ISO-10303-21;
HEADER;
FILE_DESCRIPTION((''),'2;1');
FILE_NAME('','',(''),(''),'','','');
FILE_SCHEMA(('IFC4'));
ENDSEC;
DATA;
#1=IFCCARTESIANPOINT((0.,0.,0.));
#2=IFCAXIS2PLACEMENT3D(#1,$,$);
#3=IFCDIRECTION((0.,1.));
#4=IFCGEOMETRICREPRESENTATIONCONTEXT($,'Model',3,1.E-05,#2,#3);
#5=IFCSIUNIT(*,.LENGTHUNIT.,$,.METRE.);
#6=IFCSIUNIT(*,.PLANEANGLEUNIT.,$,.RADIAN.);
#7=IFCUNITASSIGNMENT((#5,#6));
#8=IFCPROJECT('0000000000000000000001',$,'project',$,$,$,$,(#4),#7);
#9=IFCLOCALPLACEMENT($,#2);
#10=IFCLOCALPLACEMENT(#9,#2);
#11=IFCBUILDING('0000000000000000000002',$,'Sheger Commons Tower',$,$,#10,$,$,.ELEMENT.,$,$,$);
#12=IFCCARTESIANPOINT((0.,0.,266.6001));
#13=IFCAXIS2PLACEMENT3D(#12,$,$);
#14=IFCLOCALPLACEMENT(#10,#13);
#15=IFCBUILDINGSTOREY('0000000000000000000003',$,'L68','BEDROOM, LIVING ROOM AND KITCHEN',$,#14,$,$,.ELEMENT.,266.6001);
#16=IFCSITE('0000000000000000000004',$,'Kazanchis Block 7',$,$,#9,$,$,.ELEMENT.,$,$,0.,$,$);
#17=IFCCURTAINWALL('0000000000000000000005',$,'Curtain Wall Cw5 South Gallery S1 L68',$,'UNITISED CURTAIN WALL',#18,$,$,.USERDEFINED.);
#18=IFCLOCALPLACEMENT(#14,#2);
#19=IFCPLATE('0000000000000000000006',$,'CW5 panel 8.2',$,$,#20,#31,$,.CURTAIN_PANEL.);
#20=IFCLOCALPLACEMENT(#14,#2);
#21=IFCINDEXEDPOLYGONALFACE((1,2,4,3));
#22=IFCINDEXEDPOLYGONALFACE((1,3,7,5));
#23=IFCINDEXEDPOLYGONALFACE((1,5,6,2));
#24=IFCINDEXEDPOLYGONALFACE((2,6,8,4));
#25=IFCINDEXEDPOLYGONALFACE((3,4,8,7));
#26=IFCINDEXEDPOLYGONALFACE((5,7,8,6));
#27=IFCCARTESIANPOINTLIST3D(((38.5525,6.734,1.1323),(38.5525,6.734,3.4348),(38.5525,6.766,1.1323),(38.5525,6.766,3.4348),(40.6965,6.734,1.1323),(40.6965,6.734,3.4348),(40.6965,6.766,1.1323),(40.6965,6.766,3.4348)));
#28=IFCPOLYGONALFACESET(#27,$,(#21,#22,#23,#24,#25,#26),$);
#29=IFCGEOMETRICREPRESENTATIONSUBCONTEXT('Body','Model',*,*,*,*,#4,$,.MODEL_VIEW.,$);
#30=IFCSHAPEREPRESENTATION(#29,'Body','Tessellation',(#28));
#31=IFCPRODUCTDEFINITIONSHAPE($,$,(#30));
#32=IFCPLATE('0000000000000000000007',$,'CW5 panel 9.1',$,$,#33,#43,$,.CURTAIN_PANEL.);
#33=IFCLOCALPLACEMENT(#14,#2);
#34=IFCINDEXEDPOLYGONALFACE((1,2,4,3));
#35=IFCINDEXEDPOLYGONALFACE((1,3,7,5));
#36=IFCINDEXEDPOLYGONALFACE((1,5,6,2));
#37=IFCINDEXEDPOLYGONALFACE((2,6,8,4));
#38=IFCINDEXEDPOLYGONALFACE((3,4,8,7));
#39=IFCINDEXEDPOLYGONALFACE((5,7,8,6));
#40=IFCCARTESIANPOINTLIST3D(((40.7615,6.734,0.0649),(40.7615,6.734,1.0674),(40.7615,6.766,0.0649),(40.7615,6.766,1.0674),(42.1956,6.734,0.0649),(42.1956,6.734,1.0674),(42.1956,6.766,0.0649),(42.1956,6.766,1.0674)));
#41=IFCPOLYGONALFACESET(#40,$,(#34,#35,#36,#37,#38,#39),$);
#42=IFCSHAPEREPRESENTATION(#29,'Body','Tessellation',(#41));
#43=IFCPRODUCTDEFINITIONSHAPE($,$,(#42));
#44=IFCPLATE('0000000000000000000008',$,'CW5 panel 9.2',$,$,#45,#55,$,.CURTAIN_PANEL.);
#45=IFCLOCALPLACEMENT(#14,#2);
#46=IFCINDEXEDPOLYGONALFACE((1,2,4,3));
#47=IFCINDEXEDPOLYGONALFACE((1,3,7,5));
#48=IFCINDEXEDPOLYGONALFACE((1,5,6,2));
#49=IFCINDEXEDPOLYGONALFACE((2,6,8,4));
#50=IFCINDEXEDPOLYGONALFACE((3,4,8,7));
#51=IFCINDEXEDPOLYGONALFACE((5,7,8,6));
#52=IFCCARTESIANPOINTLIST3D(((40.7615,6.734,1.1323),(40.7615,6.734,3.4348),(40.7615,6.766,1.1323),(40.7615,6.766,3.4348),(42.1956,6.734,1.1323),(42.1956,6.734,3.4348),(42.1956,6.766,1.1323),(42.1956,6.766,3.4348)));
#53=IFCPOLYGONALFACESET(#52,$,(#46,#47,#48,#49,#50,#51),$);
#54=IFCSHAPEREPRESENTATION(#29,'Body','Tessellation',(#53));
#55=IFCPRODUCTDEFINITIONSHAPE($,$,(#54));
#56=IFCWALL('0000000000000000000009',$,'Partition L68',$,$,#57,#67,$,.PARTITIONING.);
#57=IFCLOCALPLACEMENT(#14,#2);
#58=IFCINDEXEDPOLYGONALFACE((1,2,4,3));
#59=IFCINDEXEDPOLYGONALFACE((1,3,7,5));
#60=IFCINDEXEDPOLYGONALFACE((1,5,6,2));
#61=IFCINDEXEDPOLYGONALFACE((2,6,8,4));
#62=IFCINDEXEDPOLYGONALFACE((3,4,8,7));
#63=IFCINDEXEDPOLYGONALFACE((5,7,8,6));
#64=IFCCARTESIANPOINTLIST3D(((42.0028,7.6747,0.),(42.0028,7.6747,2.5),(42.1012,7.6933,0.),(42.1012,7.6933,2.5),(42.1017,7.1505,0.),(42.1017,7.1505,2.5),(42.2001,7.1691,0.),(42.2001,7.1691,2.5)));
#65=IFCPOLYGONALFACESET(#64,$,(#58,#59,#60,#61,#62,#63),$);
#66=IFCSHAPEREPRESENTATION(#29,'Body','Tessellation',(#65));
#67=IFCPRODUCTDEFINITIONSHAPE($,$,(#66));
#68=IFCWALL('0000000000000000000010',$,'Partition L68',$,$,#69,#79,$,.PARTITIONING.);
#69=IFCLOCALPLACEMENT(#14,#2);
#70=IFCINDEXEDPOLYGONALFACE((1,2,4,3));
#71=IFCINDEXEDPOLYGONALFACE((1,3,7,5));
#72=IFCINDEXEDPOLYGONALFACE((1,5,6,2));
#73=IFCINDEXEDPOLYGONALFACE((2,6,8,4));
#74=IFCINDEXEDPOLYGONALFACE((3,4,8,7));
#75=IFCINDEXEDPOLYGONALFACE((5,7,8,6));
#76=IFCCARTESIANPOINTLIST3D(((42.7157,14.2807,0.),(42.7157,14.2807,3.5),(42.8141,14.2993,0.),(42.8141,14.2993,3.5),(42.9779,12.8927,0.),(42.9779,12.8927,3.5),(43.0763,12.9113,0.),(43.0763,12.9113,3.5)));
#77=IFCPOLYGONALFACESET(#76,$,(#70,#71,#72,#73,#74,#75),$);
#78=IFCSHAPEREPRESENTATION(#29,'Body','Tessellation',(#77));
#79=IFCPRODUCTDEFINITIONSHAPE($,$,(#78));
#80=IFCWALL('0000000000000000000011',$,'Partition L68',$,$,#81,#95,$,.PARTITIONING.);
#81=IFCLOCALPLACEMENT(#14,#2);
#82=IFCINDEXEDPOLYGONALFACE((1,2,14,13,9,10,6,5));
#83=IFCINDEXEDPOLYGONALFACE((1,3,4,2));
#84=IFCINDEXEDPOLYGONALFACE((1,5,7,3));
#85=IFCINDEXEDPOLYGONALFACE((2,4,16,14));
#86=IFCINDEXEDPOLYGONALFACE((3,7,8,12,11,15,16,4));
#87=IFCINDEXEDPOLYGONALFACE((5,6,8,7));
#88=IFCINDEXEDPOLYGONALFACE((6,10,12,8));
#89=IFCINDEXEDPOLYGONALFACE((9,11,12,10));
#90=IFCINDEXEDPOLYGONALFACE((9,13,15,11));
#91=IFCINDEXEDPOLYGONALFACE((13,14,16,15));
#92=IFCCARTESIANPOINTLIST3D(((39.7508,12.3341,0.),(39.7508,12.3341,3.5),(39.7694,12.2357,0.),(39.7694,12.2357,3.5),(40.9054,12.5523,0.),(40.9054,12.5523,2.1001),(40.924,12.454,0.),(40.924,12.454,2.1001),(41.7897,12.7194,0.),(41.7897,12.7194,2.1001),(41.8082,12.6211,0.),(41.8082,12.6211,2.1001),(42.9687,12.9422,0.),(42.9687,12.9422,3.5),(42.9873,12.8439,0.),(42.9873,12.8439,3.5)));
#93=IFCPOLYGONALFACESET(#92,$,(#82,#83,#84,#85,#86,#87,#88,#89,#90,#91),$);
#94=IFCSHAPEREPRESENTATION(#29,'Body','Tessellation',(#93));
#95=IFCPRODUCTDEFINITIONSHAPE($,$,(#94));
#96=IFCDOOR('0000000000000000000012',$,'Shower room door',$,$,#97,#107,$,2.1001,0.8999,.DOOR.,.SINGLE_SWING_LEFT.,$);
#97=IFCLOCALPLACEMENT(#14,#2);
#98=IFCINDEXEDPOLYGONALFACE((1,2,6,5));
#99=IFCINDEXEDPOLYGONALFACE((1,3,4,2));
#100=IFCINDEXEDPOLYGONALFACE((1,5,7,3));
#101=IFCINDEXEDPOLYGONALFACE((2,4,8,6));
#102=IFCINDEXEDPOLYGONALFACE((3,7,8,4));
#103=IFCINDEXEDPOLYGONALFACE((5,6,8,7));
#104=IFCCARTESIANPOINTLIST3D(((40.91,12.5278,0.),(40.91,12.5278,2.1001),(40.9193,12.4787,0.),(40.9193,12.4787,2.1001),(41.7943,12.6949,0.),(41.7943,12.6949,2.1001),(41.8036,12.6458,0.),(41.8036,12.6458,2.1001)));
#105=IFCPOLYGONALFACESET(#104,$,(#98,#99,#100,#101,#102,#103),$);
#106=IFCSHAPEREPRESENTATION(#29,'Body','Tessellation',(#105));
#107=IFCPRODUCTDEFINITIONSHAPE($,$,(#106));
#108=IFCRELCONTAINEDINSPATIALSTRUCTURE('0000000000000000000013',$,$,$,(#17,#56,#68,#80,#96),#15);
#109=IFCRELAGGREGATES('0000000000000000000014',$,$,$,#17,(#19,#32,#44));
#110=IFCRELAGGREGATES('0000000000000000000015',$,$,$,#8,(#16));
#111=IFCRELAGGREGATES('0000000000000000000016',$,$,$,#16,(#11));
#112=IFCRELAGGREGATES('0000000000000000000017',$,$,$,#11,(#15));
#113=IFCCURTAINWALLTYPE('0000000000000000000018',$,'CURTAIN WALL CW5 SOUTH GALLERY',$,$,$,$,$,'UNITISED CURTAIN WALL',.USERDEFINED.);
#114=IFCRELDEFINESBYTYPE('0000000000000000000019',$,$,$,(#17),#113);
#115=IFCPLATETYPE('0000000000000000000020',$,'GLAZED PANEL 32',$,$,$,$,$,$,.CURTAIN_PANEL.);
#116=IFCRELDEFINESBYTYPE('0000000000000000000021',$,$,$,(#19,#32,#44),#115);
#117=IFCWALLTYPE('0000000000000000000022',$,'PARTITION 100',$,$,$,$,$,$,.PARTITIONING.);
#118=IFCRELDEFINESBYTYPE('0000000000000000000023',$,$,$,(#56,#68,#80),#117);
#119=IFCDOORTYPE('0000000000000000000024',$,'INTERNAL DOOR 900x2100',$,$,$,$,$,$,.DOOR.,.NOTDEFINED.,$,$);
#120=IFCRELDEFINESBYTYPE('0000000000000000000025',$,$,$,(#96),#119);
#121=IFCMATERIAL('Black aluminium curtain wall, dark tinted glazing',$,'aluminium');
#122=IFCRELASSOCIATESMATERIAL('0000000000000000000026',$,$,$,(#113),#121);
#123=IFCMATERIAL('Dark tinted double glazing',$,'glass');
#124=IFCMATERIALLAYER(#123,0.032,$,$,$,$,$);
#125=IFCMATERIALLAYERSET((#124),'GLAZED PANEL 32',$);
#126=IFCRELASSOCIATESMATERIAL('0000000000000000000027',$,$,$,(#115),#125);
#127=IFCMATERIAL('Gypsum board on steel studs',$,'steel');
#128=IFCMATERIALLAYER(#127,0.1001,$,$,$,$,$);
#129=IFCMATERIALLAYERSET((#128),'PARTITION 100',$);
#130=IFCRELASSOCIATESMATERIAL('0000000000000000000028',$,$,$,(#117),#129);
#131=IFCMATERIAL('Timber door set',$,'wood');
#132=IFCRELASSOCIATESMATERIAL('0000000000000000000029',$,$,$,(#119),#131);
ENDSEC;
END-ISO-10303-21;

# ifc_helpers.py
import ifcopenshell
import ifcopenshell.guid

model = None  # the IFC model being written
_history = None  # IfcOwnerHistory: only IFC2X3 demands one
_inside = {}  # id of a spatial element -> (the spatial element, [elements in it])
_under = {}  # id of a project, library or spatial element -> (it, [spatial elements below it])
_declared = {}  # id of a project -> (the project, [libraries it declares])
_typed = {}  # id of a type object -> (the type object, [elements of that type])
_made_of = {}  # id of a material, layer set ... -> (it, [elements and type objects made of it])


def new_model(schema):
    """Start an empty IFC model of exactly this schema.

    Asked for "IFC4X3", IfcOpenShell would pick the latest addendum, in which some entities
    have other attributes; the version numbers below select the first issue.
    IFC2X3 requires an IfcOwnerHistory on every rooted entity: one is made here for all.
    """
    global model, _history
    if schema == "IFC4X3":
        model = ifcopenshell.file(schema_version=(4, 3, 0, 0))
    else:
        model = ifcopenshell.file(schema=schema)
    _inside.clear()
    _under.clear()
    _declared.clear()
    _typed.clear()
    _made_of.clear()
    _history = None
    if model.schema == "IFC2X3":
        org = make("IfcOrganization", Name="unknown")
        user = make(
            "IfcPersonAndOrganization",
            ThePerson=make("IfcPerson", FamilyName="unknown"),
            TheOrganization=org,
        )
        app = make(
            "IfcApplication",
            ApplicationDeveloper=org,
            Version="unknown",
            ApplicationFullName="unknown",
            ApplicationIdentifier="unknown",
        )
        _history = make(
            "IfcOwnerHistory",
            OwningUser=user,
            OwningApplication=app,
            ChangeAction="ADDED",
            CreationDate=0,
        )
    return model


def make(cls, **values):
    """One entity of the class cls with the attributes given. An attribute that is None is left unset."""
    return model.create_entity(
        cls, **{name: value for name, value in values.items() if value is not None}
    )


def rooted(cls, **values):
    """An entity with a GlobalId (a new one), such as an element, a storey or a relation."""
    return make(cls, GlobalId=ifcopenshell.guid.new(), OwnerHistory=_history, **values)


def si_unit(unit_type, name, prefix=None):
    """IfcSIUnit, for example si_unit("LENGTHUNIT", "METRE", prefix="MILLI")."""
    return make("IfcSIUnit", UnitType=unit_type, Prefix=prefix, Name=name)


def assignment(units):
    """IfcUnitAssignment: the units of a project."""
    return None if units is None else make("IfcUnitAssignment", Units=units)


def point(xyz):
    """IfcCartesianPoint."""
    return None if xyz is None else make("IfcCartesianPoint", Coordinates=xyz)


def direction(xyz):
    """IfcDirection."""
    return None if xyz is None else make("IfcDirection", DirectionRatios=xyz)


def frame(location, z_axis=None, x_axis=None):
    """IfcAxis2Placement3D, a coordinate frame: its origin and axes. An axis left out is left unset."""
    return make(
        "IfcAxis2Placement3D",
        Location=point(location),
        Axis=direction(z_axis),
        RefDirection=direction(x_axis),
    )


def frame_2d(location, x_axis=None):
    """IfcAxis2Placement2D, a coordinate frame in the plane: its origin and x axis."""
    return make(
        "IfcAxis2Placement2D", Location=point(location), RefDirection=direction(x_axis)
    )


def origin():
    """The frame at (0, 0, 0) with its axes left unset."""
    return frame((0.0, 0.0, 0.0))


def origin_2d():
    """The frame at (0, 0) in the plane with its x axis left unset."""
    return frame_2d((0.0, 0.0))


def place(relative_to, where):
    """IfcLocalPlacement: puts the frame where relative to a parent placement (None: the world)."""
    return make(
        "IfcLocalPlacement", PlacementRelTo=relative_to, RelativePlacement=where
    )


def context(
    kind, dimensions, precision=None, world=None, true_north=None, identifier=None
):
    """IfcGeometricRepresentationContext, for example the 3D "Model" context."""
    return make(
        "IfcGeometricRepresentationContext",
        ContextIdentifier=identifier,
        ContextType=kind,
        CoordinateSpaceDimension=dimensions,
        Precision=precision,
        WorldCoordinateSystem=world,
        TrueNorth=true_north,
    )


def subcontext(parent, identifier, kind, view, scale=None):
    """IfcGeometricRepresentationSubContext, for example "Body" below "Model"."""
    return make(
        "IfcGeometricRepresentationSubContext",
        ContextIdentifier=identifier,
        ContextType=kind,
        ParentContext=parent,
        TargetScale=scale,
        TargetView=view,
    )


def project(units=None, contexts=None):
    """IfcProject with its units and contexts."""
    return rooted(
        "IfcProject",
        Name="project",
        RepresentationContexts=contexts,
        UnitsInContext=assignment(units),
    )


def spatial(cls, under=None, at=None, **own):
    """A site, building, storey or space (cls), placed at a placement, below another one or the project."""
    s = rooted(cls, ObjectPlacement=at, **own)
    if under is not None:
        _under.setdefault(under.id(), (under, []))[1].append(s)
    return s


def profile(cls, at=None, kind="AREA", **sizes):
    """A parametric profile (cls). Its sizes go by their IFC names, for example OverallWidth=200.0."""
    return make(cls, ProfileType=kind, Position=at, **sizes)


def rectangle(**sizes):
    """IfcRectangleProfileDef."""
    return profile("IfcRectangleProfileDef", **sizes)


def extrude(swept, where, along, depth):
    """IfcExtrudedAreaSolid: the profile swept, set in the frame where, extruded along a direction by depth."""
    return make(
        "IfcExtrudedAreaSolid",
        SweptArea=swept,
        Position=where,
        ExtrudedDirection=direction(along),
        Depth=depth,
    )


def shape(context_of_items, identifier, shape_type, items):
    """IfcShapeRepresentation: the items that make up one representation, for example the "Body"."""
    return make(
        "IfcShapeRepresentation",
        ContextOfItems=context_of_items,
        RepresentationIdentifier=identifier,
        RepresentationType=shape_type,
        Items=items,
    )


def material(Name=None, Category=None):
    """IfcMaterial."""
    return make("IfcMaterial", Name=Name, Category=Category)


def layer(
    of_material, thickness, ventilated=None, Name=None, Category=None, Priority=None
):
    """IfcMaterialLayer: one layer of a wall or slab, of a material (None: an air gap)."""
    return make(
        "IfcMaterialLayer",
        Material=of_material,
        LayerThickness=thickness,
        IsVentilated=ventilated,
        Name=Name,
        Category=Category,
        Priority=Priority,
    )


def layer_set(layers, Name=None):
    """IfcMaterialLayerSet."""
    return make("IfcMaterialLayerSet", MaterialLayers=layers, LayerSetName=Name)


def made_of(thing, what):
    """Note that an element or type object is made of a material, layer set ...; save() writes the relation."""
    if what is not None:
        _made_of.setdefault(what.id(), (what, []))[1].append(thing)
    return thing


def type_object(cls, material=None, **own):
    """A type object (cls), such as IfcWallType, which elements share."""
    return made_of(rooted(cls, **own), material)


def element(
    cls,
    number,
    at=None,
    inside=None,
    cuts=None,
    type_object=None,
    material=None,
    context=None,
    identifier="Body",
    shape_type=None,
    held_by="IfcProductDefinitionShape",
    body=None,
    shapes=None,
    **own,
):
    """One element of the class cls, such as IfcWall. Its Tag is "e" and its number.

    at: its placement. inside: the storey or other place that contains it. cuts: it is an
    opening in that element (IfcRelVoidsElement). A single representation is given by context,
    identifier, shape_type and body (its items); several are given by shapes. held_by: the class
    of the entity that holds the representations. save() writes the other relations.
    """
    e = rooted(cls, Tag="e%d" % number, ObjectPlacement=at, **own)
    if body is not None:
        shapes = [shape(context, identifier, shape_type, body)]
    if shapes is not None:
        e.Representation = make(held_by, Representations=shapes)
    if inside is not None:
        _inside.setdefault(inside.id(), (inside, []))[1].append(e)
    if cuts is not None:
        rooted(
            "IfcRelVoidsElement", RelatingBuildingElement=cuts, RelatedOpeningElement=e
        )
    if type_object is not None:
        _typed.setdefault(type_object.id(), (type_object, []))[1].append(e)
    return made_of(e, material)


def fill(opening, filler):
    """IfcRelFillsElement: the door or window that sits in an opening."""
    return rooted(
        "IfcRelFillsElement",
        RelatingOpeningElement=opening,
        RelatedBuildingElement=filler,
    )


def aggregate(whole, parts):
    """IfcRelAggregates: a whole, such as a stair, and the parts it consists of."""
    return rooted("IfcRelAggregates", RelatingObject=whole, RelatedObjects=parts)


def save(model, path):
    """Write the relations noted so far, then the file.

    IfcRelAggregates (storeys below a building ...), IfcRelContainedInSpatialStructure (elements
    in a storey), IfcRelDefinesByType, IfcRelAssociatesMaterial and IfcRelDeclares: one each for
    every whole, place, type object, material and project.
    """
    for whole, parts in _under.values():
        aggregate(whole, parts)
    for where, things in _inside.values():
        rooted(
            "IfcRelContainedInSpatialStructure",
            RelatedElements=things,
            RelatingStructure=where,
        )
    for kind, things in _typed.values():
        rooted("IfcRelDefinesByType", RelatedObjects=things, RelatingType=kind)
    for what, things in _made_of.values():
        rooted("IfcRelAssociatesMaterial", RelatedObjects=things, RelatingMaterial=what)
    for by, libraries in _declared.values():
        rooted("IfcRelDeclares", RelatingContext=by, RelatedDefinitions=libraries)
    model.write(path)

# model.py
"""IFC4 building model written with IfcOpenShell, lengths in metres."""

from ifc_helpers import new_model, si_unit, direction, frame, frame_2d, origin, origin_2d, place, context, subcontext, project, spatial, rectangle, extrude, material, layer, layer_set, type_object, element, fill, aggregate, save


model = new_model("IFC4")

# Units and contexts
model_context = context("Model", 3, precision=1e-05, world=origin(), true_north=direction((0.0, 1.0)))
body_context = subcontext(model_context, "Body", "Model", "MODEL_VIEW")
ifc_project = project(units=[si_unit("LENGTHUNIT", "METRE"), si_unit("PLANEANGLEUNIT", "RADIAN")], contexts=[model_context])

# Site, building, storey
site_placement = place(None, origin())
site = spatial("IfcSite", under=ifc_project, at=site_placement, Name="Kazanchis Block 7", CompositionType="ELEMENT", RefElevation=0.0)
building_placement = place(site_placement, origin())
building = spatial("IfcBuilding", under=site, at=building_placement, Name="Sheger Commons Tower", CompositionType="ELEMENT")
storey_placement = place(building_placement, frame((0.0, 0.0, 266.6001)))
storey = spatial("IfcBuildingStorey", under=building, at=storey_placement, Name="L68", Description="BEDROOM, LIVING ROOM AND KITCHEN", CompositionType="ELEMENT", Elevation=266.6001)

# Curtain wall, plates
ifc_material_1 = material(Name="Black aluminium curtain wall, dark tinted glazing", Category="aluminium")
curtain_wall_type = type_object("IfcCurtainWallType", Name="CURTAIN WALL CW5 SOUTH GALLERY", ElementType="UNITISED CURTAIN WALL", PredefinedType="USERDEFINED", material=ifc_material_1)
curtain_wall_placement = place(storey_placement, origin())
curtain_wall = element("IfcCurtainWall", 1, at=curtain_wall_placement, inside=storey, type_object=curtain_wall_type, Name="Curtain Wall Cw5 South Gallery S1 L68", ObjectType="UNITISED CURTAIN WALL", PredefinedType="USERDEFINED")
ifc_material_2 = material(Name="Dark tinted double glazing", Category="glass")
ifc_layer_1 = layer(ifc_material_2, 0.032)
ifc_layer_set_1 = layer_set([ifc_layer_1], Name="GLAZED PANEL 32")
plate_type = type_object("IfcPlateType", Name="GLAZED PANEL 32", PredefinedType="CURTAIN_PANEL", material=ifc_layer_set_1)
plate_1_placement = place(storey_placement, frame((39.6245, 6.75, 1.1323), z_axis=(0.0, 0.0, 1.0), x_axis=(1.0, 0.0, 0.0)))
plate_1 = element("IfcPlate", 2, at=plate_1_placement, type_object=plate_type, Name="CW5 panel 8.2", PredefinedType="CURTAIN_PANEL", context=body_context, shape_type="SweptSolid", body=[
    extrude(rectangle(XDim=2.144, YDim=0.032, at=origin_2d()), origin(), (0.0, 0.0, 1.0), 2.3025),
])
plate_2_placement = place(storey_placement, frame((41.4785, 6.75, 0.0649), z_axis=(0.0, 0.0, 1.0), x_axis=(1.0, 0.0, 0.0)))
plate_2 = element("IfcPlate", 3, at=plate_2_placement, type_object=plate_type, Name="CW5 panel 9.1", PredefinedType="CURTAIN_PANEL", context=body_context, shape_type="SweptSolid", body=[
    extrude(rectangle(XDim=1.4341, YDim=0.032, at=origin_2d()), origin(), (0.0, 0.0, 1.0), 1.0024),
])
plate_3_placement = place(storey_placement, frame((41.4785, 6.75, 1.1323), z_axis=(0.0, 0.0, 1.0), x_axis=(1.0, 0.0, 0.0)))
plate_3 = element("IfcPlate", 4, at=plate_3_placement, type_object=plate_type, Name="CW5 panel 9.2", PredefinedType="CURTAIN_PANEL", context=body_context, shape_type="SweptSolid", body=[
    extrude(rectangle(XDim=1.4341, YDim=0.032, at=origin_2d()), origin(), (0.0, 0.0, 1.0), 2.3025),
])
aggregate(curtain_wall, [plate_1, plate_2, plate_3])

# Walls
ifc_material_3 = material(Name="Gypsum board on steel studs", Category="steel")
ifc_layer_2 = layer(ifc_material_3, 0.1001)
ifc_layer_set_2 = layer_set([ifc_layer_2], Name="PARTITION 100")
wall_type = type_object("IfcWallType", Name="PARTITION 100", PredefinedType="PARTITIONING", material=ifc_layer_set_2)
wall_1_placement = place(storey_placement, frame((42.1509, 7.1599, 0.0), z_axis=(0.0, 0.0, 1.0), x_axis=(-0.185366, 0.98267, 0.0)))
element("IfcWall", 5, at=wall_1_placement, inside=storey, type_object=wall_type, Name="Partition L68", PredefinedType="PARTITIONING", context=body_context, shape_type="SweptSolid", body=[
    extrude(rectangle(XDim=0.5334, YDim=0.1001, at=frame_2d((0.2666, 0.0))), origin(), (0.0, 0.0, 1.0), 2.5),
])
wall_2_placement = place(storey_placement, frame((42.7649, 14.29, 0.0), z_axis=(0.0, 0.0, 1.0), x_axis=(0.185635, -0.982619, 0.0)))
element("IfcWall", 6, at=wall_2_placement, inside=storey, type_object=wall_type, Name="Partition L68", PredefinedType="PARTITIONING", context=body_context, shape_type="SweptSolid", body=[
    extrude(rectangle(XDim=1.4126, YDim=0.1001, at=frame_2d((0.7063, 0.0))), origin(), (0.0, 0.0, 1.0), 3.5),
])

# Wall, opening, door
wall_3_placement = place(storey_placement, frame((42.978, 12.8931, 0.0), z_axis=(0.0, 0.0, 1.0), x_axis=(-0.982607, -0.185697, 0.0)))
wall_3 = element("IfcWall", 7, at=wall_3_placement, inside=storey, type_object=wall_type, Name="Partition L68", PredefinedType="PARTITIONING", context=body_context, shape_type="SweptSolid", body=[
    extrude(rectangle(XDim=3.2749, YDim=0.1001, at=frame_2d((1.6375, 0.0))), origin(), (0.0, 0.0, 1.0), 3.5),
])
opening_placement = place(wall_3_placement, frame((1.2, 0.0, 0.0)))
opening = element("IfcOpeningElement", 8, at=opening_placement, cuts=wall_3, PredefinedType="OPENING", context=body_context, shape_type="SweptSolid", body=[
    extrude(rectangle(XDim=0.8999, YDim=2.1001, at=frame_2d((0.45, 1.05))), frame((0.0, 0.0601, 0.0), z_axis=(0.0, -1.0, 0.0), x_axis=(1.0, 0.0, 0.0)), (0.0, 0.0, 1.0), 0.1201),
])
ifc_material_4 = material(Name="Timber door set", Category="wood")
door_type = type_object("IfcDoorType", Name="INTERNAL DOOR 900x2100", OperationType="NOTDEFINED", PredefinedType="DOOR", material=ifc_material_4)
door_placement = place(opening_placement, origin())
door = element("IfcDoor", 9, at=door_placement, inside=storey, type_object=door_type, Name="Shower room door", OperationType="SINGLE_SWING_LEFT", OverallHeight=2.1001, OverallWidth=0.8999, PredefinedType="DOOR", context=body_context, shape_type="SweptSolid", body=[
    extrude(rectangle(XDim=0.8999, YDim=2.1001, at=frame_2d((0.45, 1.05))), frame((0.0, 0.0249, 0.0), z_axis=(0.0, -1.0, 0.0), x_axis=(1.0, 0.0, 0.0)), (0.0, 0.0, 1.0), 0.05),
])
fill(opening, door)

save(model, "model.ifc")
